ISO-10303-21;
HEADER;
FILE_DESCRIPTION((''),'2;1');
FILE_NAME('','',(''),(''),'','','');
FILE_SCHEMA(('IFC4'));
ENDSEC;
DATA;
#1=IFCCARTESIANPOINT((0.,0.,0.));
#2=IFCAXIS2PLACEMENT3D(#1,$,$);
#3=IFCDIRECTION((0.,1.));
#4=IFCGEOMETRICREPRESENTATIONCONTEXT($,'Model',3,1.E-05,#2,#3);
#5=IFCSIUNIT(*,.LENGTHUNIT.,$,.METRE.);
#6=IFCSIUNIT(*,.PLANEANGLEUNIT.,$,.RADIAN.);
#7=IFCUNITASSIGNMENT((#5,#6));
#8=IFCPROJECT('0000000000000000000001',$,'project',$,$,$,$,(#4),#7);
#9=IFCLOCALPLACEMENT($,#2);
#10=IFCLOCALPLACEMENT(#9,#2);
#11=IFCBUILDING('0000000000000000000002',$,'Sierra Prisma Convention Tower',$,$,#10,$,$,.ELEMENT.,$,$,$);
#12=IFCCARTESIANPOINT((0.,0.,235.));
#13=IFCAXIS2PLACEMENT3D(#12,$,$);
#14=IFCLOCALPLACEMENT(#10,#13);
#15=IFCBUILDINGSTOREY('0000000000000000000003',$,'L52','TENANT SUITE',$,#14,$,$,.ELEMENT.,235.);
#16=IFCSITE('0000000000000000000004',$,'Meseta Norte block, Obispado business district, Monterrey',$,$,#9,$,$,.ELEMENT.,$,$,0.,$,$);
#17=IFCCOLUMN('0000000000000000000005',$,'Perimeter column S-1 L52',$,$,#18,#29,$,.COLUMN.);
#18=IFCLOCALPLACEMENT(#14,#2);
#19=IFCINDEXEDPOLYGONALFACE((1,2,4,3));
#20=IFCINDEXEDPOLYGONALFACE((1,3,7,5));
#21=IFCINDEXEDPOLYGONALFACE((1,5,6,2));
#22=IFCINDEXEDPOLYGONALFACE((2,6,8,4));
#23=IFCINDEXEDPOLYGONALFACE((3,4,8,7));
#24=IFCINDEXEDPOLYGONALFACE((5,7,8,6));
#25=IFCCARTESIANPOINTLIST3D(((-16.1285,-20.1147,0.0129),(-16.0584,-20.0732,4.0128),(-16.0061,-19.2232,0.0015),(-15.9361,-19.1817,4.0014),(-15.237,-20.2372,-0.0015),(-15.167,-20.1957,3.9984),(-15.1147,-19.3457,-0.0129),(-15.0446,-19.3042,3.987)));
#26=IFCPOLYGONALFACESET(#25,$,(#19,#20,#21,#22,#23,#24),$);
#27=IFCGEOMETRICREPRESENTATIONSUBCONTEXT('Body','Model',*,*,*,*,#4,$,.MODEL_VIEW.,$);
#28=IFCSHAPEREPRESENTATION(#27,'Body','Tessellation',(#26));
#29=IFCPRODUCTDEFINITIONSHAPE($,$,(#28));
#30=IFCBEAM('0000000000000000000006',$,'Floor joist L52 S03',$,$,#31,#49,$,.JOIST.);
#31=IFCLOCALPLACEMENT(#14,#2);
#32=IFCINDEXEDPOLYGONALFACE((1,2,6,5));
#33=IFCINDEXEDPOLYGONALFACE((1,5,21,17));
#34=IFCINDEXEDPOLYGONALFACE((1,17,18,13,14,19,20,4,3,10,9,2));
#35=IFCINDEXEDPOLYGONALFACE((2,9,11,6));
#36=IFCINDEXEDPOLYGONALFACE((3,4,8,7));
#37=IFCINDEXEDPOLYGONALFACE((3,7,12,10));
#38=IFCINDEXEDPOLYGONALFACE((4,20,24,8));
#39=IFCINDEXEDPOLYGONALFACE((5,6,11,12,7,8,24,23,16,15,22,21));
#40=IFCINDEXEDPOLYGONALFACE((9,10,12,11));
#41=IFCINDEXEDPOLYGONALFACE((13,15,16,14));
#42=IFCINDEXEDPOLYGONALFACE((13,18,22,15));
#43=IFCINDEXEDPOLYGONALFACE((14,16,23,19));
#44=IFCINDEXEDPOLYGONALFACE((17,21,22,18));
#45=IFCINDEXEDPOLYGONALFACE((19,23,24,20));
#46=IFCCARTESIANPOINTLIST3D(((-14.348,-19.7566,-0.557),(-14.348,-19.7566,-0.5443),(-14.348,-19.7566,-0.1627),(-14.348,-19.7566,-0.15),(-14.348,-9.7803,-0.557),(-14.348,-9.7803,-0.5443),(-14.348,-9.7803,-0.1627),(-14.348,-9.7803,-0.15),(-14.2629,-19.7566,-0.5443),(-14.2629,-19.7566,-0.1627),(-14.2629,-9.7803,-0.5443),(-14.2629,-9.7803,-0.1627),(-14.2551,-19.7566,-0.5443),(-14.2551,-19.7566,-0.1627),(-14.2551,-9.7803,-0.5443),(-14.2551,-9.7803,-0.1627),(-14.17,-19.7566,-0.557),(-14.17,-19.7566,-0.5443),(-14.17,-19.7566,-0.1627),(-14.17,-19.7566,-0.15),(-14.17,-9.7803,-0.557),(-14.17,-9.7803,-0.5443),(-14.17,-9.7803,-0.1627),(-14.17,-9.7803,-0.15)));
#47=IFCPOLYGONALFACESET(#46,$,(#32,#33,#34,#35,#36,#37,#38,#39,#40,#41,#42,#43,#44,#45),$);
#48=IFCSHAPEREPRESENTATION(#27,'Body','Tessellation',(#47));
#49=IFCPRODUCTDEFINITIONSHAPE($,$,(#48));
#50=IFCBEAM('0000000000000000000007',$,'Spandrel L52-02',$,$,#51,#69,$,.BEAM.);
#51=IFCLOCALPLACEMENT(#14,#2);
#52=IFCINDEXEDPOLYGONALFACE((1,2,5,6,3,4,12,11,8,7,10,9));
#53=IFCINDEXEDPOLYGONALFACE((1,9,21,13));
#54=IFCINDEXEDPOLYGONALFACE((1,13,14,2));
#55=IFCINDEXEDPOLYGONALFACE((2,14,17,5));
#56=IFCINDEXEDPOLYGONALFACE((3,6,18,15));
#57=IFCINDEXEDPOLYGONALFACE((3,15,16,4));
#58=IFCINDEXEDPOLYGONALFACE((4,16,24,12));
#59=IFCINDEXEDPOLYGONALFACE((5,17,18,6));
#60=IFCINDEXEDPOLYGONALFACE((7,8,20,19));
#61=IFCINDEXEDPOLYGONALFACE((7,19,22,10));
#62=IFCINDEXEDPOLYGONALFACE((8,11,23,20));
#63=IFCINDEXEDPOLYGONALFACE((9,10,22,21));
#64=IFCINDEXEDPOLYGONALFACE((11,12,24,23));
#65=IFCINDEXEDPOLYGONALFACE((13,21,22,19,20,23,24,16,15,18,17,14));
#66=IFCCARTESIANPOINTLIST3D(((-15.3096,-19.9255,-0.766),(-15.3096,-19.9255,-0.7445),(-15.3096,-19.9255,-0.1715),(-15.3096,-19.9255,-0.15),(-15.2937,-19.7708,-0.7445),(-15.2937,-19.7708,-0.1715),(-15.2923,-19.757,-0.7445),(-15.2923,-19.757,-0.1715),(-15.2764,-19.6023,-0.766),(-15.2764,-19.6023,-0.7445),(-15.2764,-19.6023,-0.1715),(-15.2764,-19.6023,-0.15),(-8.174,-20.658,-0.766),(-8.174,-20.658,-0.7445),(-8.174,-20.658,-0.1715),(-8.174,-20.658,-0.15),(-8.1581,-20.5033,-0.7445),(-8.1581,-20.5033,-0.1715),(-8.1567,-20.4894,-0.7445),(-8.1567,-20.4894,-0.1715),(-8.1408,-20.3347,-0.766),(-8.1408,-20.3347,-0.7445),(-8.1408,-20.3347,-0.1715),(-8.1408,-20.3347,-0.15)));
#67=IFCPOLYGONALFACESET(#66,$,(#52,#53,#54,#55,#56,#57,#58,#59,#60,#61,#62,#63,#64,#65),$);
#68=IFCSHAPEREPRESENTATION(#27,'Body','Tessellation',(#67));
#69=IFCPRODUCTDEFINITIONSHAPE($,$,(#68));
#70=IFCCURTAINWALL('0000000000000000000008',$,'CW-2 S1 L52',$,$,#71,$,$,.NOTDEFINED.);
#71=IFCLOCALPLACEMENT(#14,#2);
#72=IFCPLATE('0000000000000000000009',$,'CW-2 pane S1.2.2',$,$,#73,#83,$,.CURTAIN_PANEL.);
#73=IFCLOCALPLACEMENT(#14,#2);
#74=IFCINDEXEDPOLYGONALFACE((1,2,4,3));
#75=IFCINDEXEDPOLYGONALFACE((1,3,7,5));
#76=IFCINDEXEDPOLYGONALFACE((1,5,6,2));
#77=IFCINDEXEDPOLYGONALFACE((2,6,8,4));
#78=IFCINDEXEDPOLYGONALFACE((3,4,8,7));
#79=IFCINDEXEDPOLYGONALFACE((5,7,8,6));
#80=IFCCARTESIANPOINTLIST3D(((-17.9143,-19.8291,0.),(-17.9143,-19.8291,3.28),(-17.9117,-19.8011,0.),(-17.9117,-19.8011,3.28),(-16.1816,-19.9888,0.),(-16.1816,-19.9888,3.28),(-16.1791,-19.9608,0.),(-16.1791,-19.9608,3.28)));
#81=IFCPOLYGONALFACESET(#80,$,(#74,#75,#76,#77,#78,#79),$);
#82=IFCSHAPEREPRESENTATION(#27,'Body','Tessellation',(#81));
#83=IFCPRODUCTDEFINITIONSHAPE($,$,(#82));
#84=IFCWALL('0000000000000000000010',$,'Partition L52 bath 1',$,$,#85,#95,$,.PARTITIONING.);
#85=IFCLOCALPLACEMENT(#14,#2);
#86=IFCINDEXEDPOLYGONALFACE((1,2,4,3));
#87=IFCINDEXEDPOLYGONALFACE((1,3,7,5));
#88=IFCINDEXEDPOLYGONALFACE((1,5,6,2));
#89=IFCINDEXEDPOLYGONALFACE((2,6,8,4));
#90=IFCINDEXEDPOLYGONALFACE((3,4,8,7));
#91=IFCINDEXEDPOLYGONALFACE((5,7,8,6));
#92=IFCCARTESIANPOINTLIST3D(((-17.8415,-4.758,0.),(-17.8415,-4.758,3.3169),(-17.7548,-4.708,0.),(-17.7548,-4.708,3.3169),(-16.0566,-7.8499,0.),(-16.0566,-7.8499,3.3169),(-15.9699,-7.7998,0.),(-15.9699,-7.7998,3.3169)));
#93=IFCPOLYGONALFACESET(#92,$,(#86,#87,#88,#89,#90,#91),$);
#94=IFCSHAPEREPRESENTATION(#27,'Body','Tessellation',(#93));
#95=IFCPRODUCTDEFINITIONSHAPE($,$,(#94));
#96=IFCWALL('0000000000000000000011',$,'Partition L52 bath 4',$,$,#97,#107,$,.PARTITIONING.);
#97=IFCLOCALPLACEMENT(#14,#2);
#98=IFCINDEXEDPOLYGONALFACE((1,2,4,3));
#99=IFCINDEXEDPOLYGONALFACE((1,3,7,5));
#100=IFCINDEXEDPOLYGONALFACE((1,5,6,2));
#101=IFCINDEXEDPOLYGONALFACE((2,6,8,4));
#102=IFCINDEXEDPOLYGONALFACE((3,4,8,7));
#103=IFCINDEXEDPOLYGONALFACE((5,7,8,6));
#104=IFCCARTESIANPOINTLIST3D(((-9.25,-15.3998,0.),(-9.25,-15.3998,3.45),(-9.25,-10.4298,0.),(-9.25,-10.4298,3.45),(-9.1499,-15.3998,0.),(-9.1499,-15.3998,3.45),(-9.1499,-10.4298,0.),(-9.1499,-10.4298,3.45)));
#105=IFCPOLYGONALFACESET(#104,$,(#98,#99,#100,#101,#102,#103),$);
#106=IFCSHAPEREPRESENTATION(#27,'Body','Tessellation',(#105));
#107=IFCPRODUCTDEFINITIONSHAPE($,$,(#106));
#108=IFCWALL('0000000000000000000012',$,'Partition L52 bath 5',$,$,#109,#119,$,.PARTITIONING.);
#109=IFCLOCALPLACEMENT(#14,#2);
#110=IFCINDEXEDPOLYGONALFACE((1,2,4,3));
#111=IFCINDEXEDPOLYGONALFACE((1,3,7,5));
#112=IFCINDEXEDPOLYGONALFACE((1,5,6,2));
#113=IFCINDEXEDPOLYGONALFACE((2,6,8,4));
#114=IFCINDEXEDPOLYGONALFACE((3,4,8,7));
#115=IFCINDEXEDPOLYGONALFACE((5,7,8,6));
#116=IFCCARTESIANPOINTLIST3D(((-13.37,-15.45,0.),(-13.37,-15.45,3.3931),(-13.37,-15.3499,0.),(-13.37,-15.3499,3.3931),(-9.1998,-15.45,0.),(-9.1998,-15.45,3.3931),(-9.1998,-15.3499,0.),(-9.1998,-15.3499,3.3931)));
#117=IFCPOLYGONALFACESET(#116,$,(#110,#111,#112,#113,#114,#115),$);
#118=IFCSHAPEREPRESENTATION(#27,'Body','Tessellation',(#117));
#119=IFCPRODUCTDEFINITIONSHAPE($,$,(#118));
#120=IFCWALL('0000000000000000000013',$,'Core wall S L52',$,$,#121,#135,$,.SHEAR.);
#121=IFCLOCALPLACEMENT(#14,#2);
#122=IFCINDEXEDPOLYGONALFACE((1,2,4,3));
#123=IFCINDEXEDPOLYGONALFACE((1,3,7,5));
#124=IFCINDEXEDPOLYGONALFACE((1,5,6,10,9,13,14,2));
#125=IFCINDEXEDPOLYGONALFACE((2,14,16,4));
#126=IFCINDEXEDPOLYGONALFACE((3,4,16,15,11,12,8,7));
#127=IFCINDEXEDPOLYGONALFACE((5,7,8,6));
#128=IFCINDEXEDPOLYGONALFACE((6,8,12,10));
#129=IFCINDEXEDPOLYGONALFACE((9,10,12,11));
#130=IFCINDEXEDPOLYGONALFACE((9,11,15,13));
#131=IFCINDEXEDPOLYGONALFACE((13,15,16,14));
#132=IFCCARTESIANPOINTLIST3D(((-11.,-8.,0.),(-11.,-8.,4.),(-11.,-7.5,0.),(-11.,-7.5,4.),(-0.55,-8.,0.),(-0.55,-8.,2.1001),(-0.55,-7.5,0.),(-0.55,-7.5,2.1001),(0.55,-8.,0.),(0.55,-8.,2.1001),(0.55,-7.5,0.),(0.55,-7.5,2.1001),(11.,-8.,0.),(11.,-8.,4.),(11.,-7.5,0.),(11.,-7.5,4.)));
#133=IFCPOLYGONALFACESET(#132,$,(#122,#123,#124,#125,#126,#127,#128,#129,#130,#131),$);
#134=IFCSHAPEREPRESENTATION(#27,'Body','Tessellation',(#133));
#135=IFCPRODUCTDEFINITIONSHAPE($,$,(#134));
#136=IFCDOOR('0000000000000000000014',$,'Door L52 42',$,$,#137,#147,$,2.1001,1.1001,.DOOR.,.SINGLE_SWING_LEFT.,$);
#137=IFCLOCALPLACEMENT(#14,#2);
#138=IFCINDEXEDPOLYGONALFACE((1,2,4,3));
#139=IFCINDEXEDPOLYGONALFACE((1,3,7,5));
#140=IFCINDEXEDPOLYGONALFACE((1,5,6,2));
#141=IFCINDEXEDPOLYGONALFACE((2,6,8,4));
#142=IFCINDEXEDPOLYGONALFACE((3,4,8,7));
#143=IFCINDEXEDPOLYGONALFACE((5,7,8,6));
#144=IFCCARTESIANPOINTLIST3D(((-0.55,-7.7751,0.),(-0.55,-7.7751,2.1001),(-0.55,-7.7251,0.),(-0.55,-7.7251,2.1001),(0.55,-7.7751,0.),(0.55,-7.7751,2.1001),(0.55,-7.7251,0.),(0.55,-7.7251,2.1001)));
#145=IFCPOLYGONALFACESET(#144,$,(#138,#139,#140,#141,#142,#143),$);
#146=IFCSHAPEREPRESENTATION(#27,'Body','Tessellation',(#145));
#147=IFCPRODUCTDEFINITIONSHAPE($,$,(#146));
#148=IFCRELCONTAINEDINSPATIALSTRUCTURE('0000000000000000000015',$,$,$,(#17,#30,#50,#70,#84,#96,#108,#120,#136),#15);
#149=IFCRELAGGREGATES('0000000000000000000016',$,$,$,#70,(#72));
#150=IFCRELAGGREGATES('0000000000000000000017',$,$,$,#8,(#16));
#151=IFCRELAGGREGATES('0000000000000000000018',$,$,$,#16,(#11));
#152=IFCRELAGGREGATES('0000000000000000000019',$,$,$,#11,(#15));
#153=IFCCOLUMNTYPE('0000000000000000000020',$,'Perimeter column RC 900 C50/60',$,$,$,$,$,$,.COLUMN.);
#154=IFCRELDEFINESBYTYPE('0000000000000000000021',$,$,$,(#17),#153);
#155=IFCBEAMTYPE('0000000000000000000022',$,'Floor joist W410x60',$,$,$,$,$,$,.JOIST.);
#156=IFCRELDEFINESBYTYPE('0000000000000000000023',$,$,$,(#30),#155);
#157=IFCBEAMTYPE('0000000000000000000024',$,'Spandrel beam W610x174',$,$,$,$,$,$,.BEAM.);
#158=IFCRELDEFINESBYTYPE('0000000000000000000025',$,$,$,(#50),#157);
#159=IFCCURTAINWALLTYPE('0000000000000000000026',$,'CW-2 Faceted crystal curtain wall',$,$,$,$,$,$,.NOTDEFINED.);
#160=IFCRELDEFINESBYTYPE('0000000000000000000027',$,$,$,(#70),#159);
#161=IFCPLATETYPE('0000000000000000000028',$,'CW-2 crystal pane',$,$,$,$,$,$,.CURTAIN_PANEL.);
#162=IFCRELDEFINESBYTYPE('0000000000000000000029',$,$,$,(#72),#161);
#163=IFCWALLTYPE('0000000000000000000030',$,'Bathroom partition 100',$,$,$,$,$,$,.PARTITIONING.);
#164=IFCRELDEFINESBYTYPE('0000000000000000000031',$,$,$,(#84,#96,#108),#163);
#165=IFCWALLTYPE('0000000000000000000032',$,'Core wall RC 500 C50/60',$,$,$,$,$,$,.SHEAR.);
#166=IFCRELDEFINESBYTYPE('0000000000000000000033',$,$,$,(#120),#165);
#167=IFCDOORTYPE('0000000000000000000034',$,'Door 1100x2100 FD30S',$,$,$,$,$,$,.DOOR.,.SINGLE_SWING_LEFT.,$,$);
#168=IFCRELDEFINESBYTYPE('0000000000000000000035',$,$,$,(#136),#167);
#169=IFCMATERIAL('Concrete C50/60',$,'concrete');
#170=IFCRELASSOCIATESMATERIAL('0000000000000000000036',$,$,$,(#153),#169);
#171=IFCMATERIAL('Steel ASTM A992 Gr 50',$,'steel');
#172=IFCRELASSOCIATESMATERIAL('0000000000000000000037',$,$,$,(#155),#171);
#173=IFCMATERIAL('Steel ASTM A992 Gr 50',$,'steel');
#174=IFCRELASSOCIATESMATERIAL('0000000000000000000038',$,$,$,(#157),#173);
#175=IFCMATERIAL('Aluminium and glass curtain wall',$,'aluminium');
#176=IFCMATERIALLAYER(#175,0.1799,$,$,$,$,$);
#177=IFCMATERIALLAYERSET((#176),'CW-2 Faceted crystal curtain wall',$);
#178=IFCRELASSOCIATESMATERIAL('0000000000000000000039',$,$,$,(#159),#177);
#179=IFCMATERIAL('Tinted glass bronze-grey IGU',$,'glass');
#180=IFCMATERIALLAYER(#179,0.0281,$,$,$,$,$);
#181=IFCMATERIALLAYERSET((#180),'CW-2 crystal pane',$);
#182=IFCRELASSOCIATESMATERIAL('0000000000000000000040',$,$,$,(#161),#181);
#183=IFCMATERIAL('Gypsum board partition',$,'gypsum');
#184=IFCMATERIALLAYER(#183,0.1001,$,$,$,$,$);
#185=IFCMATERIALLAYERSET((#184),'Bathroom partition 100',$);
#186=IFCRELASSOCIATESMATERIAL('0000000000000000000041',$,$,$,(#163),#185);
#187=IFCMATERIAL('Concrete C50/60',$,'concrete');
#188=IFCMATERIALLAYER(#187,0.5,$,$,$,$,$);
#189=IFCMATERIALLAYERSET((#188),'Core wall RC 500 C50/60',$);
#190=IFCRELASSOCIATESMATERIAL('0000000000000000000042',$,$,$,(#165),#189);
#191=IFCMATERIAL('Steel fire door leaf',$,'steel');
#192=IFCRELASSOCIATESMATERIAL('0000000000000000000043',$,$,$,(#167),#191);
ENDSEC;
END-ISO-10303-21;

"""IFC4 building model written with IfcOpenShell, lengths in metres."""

from ifc_helpers import new_model, si_unit, direction, frame, frame_2d, origin, origin_2d, place, context, subcontext, project, spatial, polyline, rectangle, i_section, outline, extrude, material, layer, layer_set, material_profile, profile_set, type_object, element, fill, aggregate, save


model = new_model("IFC4")

# Units and contexts
model_context = context("Model", 3, precision=1e-05, world=origin(), true_north=direction((0.0, 1.0)))
body_context = subcontext(model_context, "Body", "Model", "MODEL_VIEW")
ifc_project = project(units=[si_unit("LENGTHUNIT", "METRE"), si_unit("PLANEANGLEUNIT", "RADIAN")], contexts=[model_context])

# Site, building, storey
site_placement = place(None, origin())
site = spatial("IfcSite", under=ifc_project, at=site_placement, Name="Meseta Norte block, Obispado business district, Monterrey", CompositionType="ELEMENT", RefElevation=0.0)
building_placement = place(site_placement, origin())
building = spatial("IfcBuilding", under=site, at=building_placement, Name="Sierra Prisma Convention Tower", CompositionType="ELEMENT")
storey_placement = place(building_placement, frame((0.0, 0.0, 235.0)))
storey = spatial("IfcBuildingStorey", under=building, at=storey_placement, Name="L52", Description="TENANT SUITE", CompositionType="ELEMENT", Elevation=235.0)

# Column
ifc_material_1 = material(Name="Concrete C50/60", Category="concrete")
ifc_material_profile_1 = material_profile(ifc_material_1, rectangle(XDim=0.8999, YDim=0.8999, at=origin_2d()), Name="Perimeter column RC 900 C50/60")
ifc_profile_set_1 = profile_set([ifc_material_profile_1], Name="Concrete C50/60")
column_type = type_object("IfcColumnType", Name="Perimeter column RC 900 C50/60", PredefinedType="COLUMN", material=ifc_profile_set_1)
column_placement = place(storey_placement, frame((-15.6216, -19.7302, 0.0), z_axis=(0.017513, 0.010374, 0.999793), x_axis=(-0.990562, 0.136134, 0.015939)))
element("IfcColumn", 1, at=column_placement, inside=storey, type_object=column_type, Name="Perimeter column S-1 L52", PredefinedType="COLUMN", context=body_context, shape_type="SweptSolid", body=[
    extrude(rectangle(XDim=0.8999, YDim=0.8999, at=origin_2d()), origin(), (0.0, 0.0, 1.0), 4.0007),
])

# Beams
ifc_material_2 = material(Name="Steel ASTM A992 Gr 50", Category="steel")
ifc_material_profile_2 = material_profile(ifc_material_2, i_section(OverallWidth=0.178, OverallDepth=0.407, WebThickness=0.0078, FlangeThickness=0.0127, at=origin_2d()), Name="W410x60")
ifc_profile_set_2 = profile_set([ifc_material_profile_2], Name="Steel ASTM A992 Gr 50")
beam_type_1 = type_object("IfcBeamType", Name="Floor joist W410x60", PredefinedType="JOIST", material=ifc_profile_set_2)
beam_1_placement = place(storey_placement, frame((-14.259, -19.7566, -0.3535), z_axis=(0.0, 1.0, 0.0), x_axis=(-1.0, 0.0, 0.0)))
element("IfcBeam", 2, at=beam_1_placement, inside=storey, type_object=beam_type_1, Name="Floor joist L52 S03", PredefinedType="JOIST", context=body_context, shape_type="SweptSolid", body=[
    extrude(i_section(OverallWidth=0.178, OverallDepth=0.407, WebThickness=0.0078, FlangeThickness=0.0127, at=origin_2d()), origin(), (0.0, 0.0, 1.0), 9.9763),
])
ifc_material_3 = material(Name="Steel ASTM A992 Gr 50", Category="steel")
ifc_material_profile_3 = material_profile(ifc_material_3, i_section(OverallWidth=0.325, OverallDepth=0.616, WebThickness=0.0139, FlangeThickness=0.0215, at=origin_2d()), Name="W610x174")
ifc_profile_set_3 = profile_set([ifc_material_profile_3], Name="Steel ASTM A992 Gr 50")
beam_type_2 = type_object("IfcBeamType", Name="Spandrel beam W610x174", PredefinedType="BEAM", material=ifc_profile_set_3)
beam_2_placement = place(storey_placement, frame((-15.293, -19.7639, -0.458), z_axis=(0.994773, -0.102108, 0.0), x_axis=(0.102108, 0.994773, 0.0)))
element("IfcBeam", 3, at=beam_2_placement, inside=storey, type_object=beam_type_2, Name="Spandrel L52-02", PredefinedType="BEAM", context=body_context, shape_type="SweptSolid", body=[
    extrude(i_section(OverallWidth=0.325, OverallDepth=0.616, WebThickness=0.0139, FlangeThickness=0.0215, at=origin_2d()), origin(), (0.0, 0.0, 1.0), 7.1731),
])

# Curtain wall, plate
ifc_material_4 = material(Name="Aluminium and glass curtain wall", Category="aluminium")
ifc_layer_1 = layer(ifc_material_4, 0.1799)
ifc_layer_set_1 = layer_set([ifc_layer_1], Name="CW-2 Faceted crystal curtain wall")
curtain_wall_type = type_object("IfcCurtainWallType", Name="CW-2 Faceted crystal curtain wall", PredefinedType="NOTDEFINED", material=ifc_layer_set_1)
curtain_wall_placement = place(storey_placement, origin())
curtain_wall = element("IfcCurtainWall", 4, at=curtain_wall_placement, inside=storey, type_object=curtain_wall_type, Name="CW-2 S1 L52", PredefinedType="NOTDEFINED")
ifc_material_5 = material(Name="Tinted glass bronze-grey IGU", Category="glass")
ifc_layer_2 = layer(ifc_material_5, 0.0281)
ifc_layer_set_2 = layer_set([ifc_layer_2], Name="CW-2 crystal pane")
plate_type = type_object("IfcPlateType", Name="CW-2 crystal pane", PredefinedType="CURTAIN_PANEL", material=ifc_layer_set_2)
plate_placement = place(storey_placement, frame((-16.1816, -19.9888, 0.0), z_axis=(-0.091763, -0.995781, 0.0), x_axis=(-0.995781, 0.091763, 0.0)))
plate = element("IfcPlate", 5, at=plate_placement, type_object=plate_type, Name="CW-2 pane S1.2.2", PredefinedType="CURTAIN_PANEL", context=body_context, shape_type="SweptSolid", body=[
    extrude(outline(polyline([(0.0, 0.0), (1.74, 0.0), (1.74, -3.28), (0.0, -3.28), (0.0, 0.0)])), origin(), (0.0, 0.0, -1.0), 0.0281),
])
aggregate(curtain_wall, [plate])

# Walls
ifc_material_6 = material(Name="Gypsum board partition", Category="gypsum")
ifc_layer_3 = layer(ifc_material_6, 0.1001)
ifc_layer_set_3 = layer_set([ifc_layer_3], Name="Bathroom partition 100")
wall_type_1 = type_object("IfcWallType", Name="Bathroom partition 100", PredefinedType="PARTITIONING", material=ifc_layer_set_3)
wall_1_placement = place(storey_placement, frame((-16.0132, -7.825, 0.0), z_axis=(0.0, 0.0, 1.0), x_axis=(-0.499971, 0.866042, 0.0)))
element("IfcWall", 6, at=wall_1_placement, inside=storey, type_object=wall_type_1, Name="Partition L52 bath 1", PredefinedType="PARTITIONING", context=body_context, shape_type="SweptSolid", body=[
    extrude(rectangle(XDim=3.5701, YDim=0.1001, at=frame_2d((1.7852, 0.0))), origin(), (0.0, 0.0, 1.0), 3.3169),
])
wall_2_placement = place(storey_placement, frame((-9.2, -10.4299, 0.0), z_axis=(0.0, 0.0, 1.0), x_axis=(0.0, -1.0, 0.0)))
element("IfcWall", 7, at=wall_2_placement, inside=storey, type_object=wall_type_1, Name="Partition L52 bath 4", PredefinedType="PARTITIONING", context=body_context, shape_type="SweptSolid", body=[
    extrude(rectangle(XDim=4.97, YDim=0.1001, at=frame_2d((2.4849, 0.0))), origin(), (0.0, 0.0, 1.0), 3.45),
])
wall_3_placement = place(storey_placement, frame((-9.2, -15.3999, 0.0), z_axis=(0.0, 0.0, 1.0), x_axis=(-1.0, 0.0, 0.0)))
element("IfcWall", 8, at=wall_3_placement, inside=storey, type_object=wall_type_1, Name="Partition L52 bath 5", PredefinedType="PARTITIONING", context=body_context, shape_type="SweptSolid", body=[
    extrude(rectangle(XDim=4.1702, YDim=0.1001, at=frame_2d((2.085, 0.0))), origin(), (0.0, 0.0, 1.0), 3.3931),
])

# Wall, opening, door
ifc_material_7 = material(Name="Concrete C50/60", Category="concrete")
ifc_layer_4 = layer(ifc_material_7, 0.5)
ifc_layer_set_4 = layer_set([ifc_layer_4], Name="Core wall RC 500 C50/60")
wall_type_2 = type_object("IfcWallType", Name="Core wall RC 500 C50/60", PredefinedType="SHEAR", material=ifc_layer_set_4)
wall_4_placement = place(storey_placement, frame((-11.0, -7.75, 0.0), z_axis=(0.0, 0.0, 1.0), x_axis=(1.0, 0.0, 0.0)))
wall_4 = element("IfcWall", 9, at=wall_4_placement, inside=storey, type_object=wall_type_2, Name="Core wall S L52", PredefinedType="SHEAR", context=body_context, shape_type="SweptSolid", body=[
    extrude(rectangle(XDim=22.0, YDim=0.5, at=frame_2d((11.0, 0.0))), origin(), (0.0, 0.0, 1.0), 4.0),
])
opening_1_placement = place(wall_4_placement, frame((10.45, 0.0, 0.0)))
opening_1 = element("IfcOpeningElement", 10, at=opening_1_placement, cuts=wall_4, PredefinedType="OPENING", context=body_context, shape_type="SweptSolid", body=[
    extrude(rectangle(XDim=1.1001, YDim=2.1001, at=frame_2d((0.55, 1.05))), frame((0.0, 0.25, 0.0), z_axis=(0.0, -1.0, 0.0), x_axis=(1.0, 0.0, 0.0)), (0.0, 0.0, 1.0), 0.5),
])
ifc_material_8 = material(Name="Steel fire door leaf", Category="steel")
door_type_1 = type_object("IfcDoorType", Name="Door 1100x2100 FD30S", OperationType="SINGLE_SWING_LEFT", PredefinedType="DOOR", material=ifc_material_8)
door_1_placement = place(opening_1_placement, origin())
door_1 = element("IfcDoor", 11, at=door_1_placement, inside=storey, type_object=door_type_1, Name="Door L52 42", OperationType="SINGLE_SWING_LEFT", OverallHeight=2.1001, OverallWidth=1.1001, PredefinedType="DOOR", context=body_context, shape_type="SweptSolid", body=[
    extrude(rectangle(XDim=1.1001, YDim=2.1001, at=frame_2d((0.55, 1.05))), frame((0.0, 0.0249, 0.0), z_axis=(0.0, -1.0, 0.0), x_axis=(1.0, 0.0, 0.0)), (0.0, 0.0, 1.0), 0.05),
])
fill(opening_1, door_1)

save(model, "model.ifc")
